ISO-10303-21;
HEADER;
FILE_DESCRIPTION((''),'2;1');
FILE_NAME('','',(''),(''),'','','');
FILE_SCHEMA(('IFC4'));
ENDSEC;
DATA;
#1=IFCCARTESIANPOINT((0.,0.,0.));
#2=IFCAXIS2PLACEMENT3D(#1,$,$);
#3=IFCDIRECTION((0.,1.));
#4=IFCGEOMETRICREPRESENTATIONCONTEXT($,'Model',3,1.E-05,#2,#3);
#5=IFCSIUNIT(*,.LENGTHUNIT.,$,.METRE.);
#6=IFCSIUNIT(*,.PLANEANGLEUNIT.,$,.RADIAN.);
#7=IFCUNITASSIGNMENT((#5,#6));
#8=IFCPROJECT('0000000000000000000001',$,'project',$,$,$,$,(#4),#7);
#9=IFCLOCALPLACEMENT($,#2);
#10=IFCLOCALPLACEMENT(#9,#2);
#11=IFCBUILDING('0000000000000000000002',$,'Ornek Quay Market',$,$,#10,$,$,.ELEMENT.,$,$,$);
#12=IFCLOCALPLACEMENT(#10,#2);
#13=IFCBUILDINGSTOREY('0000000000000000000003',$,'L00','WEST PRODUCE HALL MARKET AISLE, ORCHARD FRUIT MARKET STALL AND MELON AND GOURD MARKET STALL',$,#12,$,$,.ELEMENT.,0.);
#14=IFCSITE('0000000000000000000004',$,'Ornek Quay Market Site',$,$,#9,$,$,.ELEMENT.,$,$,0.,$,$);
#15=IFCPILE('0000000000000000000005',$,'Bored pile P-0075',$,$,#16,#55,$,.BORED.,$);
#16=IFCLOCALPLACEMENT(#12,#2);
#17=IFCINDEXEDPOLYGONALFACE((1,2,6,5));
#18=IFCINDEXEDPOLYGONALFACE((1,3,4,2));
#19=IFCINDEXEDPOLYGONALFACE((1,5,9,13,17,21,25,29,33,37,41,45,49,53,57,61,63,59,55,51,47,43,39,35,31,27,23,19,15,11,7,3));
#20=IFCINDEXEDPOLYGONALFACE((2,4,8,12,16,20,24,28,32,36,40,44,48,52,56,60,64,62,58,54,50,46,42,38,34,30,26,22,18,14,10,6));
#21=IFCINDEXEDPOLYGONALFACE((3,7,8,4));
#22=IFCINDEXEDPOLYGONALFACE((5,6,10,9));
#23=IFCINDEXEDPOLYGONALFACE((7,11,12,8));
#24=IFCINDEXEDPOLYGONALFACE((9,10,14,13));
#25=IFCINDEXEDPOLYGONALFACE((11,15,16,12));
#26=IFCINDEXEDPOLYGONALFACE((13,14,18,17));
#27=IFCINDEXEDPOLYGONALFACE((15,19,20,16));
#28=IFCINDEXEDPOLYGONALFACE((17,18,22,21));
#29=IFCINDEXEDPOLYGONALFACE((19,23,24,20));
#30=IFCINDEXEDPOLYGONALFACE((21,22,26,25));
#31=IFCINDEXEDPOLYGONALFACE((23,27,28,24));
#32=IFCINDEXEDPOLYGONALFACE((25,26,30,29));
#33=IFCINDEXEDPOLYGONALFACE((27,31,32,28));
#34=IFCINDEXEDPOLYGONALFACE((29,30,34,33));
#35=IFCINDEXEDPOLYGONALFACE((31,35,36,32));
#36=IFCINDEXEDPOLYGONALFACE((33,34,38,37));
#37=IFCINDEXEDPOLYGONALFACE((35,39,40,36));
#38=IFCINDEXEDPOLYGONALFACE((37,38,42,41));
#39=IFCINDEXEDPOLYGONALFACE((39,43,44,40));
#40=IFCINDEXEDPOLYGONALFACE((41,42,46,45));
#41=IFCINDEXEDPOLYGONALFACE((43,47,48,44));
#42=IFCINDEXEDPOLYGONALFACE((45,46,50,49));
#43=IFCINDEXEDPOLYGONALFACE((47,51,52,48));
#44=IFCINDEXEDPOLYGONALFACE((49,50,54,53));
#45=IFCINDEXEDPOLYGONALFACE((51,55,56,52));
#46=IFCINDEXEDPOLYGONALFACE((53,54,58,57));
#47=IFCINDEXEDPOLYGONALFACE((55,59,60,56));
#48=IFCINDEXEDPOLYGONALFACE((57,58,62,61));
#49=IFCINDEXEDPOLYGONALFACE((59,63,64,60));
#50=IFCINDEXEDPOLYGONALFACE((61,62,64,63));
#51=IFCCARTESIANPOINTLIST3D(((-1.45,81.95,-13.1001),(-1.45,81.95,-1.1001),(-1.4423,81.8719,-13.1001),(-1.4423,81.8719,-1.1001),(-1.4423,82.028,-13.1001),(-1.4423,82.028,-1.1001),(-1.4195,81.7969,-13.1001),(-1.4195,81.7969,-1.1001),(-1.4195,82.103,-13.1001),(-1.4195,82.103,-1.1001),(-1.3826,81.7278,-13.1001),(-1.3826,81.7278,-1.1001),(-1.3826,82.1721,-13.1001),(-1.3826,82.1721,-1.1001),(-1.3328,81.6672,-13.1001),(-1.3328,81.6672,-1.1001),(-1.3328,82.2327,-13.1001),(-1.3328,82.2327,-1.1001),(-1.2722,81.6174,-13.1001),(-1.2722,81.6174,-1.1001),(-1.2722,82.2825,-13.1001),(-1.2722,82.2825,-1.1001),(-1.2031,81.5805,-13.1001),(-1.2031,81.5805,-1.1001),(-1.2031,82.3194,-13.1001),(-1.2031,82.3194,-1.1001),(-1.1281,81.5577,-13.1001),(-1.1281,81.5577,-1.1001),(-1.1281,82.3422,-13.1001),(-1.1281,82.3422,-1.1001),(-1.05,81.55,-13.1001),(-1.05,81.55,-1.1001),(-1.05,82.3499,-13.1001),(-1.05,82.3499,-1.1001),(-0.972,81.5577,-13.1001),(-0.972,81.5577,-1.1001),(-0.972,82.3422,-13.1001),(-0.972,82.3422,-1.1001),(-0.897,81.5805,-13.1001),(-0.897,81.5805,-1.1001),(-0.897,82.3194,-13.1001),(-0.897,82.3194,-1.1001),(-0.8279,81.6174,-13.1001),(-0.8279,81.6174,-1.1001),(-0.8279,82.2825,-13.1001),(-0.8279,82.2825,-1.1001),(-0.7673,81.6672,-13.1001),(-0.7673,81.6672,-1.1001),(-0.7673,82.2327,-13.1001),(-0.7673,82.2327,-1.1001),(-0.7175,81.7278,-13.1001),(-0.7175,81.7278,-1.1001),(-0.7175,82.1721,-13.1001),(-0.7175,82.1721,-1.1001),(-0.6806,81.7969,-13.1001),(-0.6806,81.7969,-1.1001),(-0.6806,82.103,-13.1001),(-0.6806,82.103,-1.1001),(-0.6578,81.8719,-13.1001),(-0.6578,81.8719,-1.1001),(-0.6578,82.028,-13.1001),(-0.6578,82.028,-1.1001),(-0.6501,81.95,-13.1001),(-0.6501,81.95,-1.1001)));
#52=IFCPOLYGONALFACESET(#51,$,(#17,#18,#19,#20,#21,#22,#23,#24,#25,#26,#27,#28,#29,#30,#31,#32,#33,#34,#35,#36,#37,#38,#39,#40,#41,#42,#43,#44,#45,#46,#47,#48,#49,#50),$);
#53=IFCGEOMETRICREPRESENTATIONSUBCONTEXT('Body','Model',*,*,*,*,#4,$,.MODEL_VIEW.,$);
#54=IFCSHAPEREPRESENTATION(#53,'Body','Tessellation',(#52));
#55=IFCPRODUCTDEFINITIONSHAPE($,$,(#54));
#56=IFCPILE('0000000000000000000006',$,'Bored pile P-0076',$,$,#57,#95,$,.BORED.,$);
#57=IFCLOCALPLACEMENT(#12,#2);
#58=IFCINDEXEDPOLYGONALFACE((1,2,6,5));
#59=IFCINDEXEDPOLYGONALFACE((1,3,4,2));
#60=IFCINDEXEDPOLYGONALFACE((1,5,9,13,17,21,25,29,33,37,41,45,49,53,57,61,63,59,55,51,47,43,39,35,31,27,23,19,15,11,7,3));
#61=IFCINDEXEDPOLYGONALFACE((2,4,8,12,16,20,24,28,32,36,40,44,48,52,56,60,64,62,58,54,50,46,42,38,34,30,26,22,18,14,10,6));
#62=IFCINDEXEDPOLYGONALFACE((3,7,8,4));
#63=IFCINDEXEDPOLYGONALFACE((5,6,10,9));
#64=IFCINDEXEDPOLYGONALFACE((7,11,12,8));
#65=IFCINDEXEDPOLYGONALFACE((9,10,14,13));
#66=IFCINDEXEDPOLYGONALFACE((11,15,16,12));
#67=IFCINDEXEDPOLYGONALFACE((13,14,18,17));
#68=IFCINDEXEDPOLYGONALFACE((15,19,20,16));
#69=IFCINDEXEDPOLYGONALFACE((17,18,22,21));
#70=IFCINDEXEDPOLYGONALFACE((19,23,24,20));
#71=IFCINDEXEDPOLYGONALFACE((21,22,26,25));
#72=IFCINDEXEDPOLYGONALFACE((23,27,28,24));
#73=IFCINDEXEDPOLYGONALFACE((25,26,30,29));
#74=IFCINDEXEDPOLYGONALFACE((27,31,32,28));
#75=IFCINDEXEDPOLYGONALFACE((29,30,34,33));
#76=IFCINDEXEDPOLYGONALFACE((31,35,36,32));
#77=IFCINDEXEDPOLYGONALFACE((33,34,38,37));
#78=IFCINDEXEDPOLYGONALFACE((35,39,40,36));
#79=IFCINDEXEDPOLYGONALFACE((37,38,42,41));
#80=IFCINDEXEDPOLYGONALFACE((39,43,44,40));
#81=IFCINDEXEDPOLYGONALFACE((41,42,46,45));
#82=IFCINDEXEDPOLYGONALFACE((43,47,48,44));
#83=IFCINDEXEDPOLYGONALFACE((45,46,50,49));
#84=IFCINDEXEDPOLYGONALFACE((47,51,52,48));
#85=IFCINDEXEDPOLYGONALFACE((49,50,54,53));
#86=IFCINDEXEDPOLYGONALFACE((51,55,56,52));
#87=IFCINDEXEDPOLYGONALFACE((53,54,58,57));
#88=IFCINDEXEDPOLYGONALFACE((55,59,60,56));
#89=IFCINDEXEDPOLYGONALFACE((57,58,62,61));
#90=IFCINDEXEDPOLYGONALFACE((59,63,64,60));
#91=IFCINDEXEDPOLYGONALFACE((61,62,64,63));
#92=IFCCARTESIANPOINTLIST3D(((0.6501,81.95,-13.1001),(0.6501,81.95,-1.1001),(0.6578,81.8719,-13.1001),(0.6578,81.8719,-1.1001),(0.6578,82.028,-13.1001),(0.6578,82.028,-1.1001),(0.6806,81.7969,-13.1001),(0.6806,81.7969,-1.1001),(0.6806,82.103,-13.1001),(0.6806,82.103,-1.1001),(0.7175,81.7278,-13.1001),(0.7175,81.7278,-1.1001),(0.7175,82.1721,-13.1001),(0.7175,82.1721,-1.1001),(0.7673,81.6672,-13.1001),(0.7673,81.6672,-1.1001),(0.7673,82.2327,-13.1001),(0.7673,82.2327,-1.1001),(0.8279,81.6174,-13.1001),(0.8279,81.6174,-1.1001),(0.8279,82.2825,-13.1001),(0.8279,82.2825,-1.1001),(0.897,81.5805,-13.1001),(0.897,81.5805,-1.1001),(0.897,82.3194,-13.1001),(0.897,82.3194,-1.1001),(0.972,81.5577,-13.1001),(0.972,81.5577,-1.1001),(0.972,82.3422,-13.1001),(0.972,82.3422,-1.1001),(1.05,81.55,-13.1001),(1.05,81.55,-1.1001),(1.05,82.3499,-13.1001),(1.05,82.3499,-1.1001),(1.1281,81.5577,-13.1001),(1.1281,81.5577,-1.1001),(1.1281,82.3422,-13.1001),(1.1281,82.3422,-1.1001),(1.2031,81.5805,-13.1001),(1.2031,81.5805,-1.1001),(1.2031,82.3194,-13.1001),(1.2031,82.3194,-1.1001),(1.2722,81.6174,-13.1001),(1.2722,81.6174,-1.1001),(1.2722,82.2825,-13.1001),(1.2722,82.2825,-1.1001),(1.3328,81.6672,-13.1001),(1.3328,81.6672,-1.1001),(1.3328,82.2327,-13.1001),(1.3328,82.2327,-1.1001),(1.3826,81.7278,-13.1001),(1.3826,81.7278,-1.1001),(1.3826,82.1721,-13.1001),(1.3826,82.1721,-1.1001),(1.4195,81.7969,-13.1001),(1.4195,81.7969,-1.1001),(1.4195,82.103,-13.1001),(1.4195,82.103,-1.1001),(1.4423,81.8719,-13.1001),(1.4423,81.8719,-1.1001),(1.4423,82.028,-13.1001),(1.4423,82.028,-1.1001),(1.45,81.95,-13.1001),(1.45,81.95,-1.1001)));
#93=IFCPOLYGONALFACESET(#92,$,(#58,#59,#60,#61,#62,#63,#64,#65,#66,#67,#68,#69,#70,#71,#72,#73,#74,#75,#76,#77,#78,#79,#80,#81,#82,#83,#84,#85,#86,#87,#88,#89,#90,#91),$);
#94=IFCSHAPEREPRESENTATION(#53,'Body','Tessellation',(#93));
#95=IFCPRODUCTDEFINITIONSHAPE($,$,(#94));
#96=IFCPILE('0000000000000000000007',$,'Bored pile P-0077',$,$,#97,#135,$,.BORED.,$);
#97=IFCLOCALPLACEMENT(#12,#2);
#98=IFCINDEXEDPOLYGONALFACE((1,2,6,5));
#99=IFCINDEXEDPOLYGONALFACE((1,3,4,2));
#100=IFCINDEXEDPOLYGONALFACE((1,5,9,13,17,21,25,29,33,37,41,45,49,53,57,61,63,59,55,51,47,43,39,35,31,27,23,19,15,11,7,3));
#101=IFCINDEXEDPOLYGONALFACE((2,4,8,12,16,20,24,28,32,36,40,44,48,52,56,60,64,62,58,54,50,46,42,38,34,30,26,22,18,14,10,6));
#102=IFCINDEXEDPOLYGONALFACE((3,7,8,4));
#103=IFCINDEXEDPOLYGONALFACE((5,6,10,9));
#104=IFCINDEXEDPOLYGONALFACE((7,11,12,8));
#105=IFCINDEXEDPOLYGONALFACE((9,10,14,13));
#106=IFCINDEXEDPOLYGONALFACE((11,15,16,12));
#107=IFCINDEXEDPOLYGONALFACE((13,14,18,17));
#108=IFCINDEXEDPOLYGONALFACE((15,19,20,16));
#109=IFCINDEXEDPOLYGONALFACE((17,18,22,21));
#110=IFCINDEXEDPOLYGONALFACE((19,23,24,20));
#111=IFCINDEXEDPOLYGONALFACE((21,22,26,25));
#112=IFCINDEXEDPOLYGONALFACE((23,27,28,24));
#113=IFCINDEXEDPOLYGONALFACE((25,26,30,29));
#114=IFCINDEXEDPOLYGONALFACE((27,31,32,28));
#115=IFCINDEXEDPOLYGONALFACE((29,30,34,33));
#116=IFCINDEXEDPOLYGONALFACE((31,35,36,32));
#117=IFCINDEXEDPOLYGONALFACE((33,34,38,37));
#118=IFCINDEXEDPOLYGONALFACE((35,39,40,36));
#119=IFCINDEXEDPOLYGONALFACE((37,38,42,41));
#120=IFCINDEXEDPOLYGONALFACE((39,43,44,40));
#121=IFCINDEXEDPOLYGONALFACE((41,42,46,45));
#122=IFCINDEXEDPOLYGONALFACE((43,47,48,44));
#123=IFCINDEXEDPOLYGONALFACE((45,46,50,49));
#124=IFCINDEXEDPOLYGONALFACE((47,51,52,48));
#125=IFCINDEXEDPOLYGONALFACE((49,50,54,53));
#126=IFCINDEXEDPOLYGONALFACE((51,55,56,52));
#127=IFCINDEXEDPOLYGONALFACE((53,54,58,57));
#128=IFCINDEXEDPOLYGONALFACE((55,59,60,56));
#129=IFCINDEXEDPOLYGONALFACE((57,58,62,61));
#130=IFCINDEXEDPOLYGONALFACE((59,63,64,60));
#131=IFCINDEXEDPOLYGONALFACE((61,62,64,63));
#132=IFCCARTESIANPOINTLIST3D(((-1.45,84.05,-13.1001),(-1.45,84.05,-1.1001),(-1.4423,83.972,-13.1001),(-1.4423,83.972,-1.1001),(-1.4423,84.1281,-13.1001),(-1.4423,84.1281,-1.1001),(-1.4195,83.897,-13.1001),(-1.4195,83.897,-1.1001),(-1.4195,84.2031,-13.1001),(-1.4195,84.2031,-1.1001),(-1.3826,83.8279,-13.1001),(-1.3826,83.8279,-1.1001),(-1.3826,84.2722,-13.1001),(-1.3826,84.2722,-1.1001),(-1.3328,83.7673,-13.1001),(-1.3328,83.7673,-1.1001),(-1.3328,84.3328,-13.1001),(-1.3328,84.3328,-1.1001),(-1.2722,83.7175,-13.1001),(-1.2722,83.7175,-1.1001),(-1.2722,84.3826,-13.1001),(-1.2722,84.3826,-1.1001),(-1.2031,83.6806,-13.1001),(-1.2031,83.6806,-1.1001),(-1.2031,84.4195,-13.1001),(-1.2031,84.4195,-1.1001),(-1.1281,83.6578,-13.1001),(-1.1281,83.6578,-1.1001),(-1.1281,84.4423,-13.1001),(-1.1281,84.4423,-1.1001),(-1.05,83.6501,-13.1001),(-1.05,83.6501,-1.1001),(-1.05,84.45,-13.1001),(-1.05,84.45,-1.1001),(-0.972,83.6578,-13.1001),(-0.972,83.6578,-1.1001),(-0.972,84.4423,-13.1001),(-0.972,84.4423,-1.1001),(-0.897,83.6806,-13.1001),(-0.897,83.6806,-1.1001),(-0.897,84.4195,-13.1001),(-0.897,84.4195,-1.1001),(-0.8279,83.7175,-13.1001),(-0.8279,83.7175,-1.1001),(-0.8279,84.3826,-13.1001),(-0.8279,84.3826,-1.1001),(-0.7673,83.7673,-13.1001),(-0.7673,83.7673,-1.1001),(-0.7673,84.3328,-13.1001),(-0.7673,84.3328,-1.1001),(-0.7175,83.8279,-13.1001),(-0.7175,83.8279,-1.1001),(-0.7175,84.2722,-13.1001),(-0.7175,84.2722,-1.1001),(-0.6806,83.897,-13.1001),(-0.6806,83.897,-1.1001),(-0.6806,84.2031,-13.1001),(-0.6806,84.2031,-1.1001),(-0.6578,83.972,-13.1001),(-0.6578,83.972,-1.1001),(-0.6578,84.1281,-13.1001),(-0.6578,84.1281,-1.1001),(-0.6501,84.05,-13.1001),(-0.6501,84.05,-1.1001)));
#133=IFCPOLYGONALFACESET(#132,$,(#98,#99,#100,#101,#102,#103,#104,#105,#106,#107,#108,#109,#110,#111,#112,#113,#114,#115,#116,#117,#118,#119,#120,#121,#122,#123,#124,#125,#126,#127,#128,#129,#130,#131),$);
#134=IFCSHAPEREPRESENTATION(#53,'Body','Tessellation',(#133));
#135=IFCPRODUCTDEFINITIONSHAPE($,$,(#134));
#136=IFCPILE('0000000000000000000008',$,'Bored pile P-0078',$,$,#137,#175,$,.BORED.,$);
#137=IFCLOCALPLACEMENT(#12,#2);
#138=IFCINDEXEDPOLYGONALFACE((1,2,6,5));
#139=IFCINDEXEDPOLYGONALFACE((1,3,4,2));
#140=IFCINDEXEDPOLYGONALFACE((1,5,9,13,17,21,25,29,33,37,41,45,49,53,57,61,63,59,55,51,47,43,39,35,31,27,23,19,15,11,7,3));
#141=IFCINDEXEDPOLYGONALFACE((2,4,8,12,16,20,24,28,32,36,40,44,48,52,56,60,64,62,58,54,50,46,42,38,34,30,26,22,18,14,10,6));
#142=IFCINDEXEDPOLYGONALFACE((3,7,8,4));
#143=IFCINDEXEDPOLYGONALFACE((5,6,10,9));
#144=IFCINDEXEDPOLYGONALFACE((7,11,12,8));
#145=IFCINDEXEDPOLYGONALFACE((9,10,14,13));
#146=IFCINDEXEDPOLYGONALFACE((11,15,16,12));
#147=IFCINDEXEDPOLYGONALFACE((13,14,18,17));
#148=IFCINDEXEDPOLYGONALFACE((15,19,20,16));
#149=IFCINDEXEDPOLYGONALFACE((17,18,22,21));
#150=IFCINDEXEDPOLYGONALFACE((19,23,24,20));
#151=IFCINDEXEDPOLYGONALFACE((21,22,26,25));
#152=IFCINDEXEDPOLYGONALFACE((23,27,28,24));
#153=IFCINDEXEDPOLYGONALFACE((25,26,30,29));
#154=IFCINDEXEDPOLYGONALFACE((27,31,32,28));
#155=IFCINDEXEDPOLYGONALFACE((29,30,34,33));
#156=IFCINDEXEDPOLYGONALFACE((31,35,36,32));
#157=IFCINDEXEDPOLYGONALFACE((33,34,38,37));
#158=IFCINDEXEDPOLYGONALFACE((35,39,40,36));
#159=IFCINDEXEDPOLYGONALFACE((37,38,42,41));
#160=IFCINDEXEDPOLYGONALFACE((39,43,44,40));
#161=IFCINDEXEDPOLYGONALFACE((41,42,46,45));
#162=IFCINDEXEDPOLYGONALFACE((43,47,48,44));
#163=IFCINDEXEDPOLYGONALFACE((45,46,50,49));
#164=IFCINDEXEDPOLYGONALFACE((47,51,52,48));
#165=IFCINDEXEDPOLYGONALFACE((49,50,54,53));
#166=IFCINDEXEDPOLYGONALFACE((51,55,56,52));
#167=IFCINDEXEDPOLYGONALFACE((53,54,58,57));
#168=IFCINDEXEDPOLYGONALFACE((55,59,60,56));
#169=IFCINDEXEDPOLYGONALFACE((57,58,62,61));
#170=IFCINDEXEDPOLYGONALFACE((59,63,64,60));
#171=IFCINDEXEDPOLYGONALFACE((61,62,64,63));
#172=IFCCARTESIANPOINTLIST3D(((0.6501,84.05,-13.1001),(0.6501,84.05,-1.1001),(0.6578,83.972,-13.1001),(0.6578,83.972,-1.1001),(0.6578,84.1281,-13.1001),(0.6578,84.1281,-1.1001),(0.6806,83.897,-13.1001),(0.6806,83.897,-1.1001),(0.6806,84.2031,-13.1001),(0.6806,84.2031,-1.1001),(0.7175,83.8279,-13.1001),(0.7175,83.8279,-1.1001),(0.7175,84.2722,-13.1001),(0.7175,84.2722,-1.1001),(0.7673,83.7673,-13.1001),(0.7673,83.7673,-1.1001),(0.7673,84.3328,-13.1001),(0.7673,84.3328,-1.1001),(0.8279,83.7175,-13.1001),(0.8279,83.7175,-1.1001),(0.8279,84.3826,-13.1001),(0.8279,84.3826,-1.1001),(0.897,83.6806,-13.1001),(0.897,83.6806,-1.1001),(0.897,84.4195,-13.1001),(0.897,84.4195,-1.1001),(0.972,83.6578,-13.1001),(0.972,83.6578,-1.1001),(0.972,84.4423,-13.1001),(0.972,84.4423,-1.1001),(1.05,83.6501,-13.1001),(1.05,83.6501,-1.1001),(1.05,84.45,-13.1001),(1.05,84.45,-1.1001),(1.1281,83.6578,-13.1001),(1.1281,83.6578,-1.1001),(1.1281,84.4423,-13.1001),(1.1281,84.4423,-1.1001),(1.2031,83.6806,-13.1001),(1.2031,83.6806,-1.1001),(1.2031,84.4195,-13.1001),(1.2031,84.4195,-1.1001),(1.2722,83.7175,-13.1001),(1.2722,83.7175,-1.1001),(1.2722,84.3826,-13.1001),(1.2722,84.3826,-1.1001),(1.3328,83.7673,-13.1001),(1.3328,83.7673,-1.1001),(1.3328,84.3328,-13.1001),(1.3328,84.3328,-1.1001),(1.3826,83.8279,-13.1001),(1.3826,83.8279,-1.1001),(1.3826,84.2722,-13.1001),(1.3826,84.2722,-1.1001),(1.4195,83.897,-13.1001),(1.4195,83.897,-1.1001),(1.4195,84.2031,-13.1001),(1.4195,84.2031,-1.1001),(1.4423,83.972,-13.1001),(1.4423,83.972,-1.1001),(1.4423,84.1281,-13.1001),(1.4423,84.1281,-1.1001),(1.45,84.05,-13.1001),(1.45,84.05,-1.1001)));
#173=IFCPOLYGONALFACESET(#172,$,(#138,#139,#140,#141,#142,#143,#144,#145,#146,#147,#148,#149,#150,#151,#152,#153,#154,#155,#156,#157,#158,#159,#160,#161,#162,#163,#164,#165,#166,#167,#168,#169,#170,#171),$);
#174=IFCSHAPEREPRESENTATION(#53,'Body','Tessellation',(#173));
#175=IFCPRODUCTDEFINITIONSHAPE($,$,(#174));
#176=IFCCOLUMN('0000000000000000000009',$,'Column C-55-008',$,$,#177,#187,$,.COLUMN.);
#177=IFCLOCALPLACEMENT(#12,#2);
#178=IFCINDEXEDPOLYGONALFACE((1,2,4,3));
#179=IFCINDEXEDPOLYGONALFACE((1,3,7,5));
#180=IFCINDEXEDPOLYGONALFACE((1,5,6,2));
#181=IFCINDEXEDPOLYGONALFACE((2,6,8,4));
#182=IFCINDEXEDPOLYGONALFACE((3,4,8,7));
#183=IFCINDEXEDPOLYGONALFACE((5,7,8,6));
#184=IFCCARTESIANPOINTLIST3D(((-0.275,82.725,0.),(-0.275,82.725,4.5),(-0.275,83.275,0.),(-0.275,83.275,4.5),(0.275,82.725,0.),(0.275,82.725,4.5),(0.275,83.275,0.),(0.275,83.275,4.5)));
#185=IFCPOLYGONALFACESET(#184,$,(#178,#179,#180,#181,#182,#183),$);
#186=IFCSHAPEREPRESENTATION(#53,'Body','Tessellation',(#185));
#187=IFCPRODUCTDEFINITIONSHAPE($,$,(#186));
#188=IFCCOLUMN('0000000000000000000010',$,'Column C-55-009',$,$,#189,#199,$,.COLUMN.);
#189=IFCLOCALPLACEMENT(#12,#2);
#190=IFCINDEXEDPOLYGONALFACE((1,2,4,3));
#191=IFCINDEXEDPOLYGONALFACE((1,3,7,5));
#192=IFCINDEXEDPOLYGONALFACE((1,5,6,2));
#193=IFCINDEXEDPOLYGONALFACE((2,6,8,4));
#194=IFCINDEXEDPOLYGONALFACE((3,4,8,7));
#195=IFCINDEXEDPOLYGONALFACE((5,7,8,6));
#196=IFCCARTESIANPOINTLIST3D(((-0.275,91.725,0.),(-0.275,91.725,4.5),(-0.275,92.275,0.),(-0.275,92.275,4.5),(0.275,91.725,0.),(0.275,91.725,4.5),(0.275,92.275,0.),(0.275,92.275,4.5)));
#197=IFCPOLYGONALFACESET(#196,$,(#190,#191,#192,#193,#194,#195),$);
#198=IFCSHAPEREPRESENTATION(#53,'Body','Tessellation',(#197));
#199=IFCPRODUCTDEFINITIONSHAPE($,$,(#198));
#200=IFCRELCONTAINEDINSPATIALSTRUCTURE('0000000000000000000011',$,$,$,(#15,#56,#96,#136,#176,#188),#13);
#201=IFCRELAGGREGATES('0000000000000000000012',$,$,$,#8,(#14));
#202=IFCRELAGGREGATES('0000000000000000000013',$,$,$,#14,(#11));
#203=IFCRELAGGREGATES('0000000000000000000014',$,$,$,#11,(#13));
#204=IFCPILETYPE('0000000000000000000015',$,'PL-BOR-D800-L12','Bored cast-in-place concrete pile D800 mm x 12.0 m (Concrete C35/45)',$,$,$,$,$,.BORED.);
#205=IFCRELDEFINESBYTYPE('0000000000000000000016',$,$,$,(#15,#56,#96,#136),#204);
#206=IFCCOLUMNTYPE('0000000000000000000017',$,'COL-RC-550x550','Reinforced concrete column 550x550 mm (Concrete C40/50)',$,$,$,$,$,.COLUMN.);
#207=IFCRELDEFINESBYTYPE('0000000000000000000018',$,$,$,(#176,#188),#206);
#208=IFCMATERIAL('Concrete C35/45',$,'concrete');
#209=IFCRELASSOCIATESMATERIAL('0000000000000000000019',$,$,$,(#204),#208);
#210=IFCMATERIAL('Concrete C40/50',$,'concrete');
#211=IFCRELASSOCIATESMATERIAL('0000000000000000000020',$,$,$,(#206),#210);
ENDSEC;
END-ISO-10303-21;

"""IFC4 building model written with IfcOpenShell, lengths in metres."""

from ifc_helpers import new_model, si_unit, direction, frame, origin, origin_2d, place, context, subcontext, project, spatial, rectangle, circle, extrude, material, material_profile, profile_set, type_object, element, save


model = new_model("IFC4")

# Units and contexts
model_context = context("Model", 3, precision=1e-05, world=origin(), true_north=direction((0.0, 1.0)))
body_context = subcontext(model_context, "Body", "Model", "MODEL_VIEW")
ifc_project = project(units=[si_unit("LENGTHUNIT", "METRE"), si_unit("PLANEANGLEUNIT", "RADIAN")], contexts=[model_context])

# Site, building, storey
site_placement = place(None, origin())
site = spatial("IfcSite", under=ifc_project, at=site_placement, Name="Ornek Quay Market Site", CompositionType="ELEMENT", RefElevation=0.0)
building_placement = place(site_placement, origin())
building = spatial("IfcBuilding", under=site, at=building_placement, Name="Ornek Quay Market", CompositionType="ELEMENT")
storey_placement = place(building_placement, origin())
storey = spatial("IfcBuildingStorey", under=building, at=storey_placement, Name="L00", Description="WEST PRODUCE HALL MARKET AISLE, ORCHARD FRUIT MARKET STALL AND MELON AND GOURD MARKET STALL", CompositionType="ELEMENT", Elevation=0.0)

# Piles
ifc_material_1 = material(Name="Concrete C35/45", Category="concrete")
ifc_material_profile_1 = material_profile(ifc_material_1, circle(Radius=0.3999, at=origin_2d()), Name="PILE D800", Category="concrete")
ifc_profile_set_1 = profile_set([ifc_material_profile_1], Name="Concrete C35/45")
pile_type = type_object("IfcPileType", Name="PL-BOR-D800-L12", Description="Bored cast-in-place concrete pile D800 mm x 12.0 m (Concrete C35/45)", PredefinedType="BORED", material=ifc_profile_set_1)
for number, where, z_axis, x_axis, name in (
    (1, (-1.05, 81.95, -1.1001), (0.0, 0.0, -1.0), (1.0, 0.0, 0.0), "Bored pile P-0075"),
    (2, (1.05, 81.95, -1.1001), (0.0, 0.0, -1.0), (1.0, 0.0, 0.0), "Bored pile P-0076"),
    (3, (-1.05, 84.05, -1.1001), (0.0, 0.0, -1.0), (1.0, 0.0, 0.0), "Bored pile P-0077"),
    (4, (1.05, 84.05, -1.1001), (0.0, 0.0, -1.0), (1.0, 0.0, 0.0), "Bored pile P-0078"),
):
    element("IfcPile", number, at=place(storey_placement, frame(where, z_axis=z_axis, x_axis=x_axis)), inside=storey, type_object=pile_type, Name=name, PredefinedType="BORED", context=body_context, shape_type="SweptSolid", body=[
        extrude(circle(Radius=0.3999, at=origin_2d()), origin(), (0.0, 0.0, 1.0), 12.0),
    ])

# Columns
ifc_material_2 = material(Name="Concrete C40/50", Category="concrete")
ifc_material_profile_2 = material_profile(ifc_material_2, rectangle(XDim=0.55, YDim=0.55, at=origin_2d()), Name="RC 550x550", Category="concrete")
ifc_profile_set_2 = profile_set([ifc_material_profile_2], Name="Concrete C40/50")
column_type = type_object("IfcColumnType", Name="COL-RC-550x550", Description="Reinforced concrete column 550x550 mm (Concrete C40/50)", PredefinedType="COLUMN", material=ifc_profile_set_2)
for number, where, z_axis, x_axis, name in (
    (5, (0.0, 83.0, 0.0), (0.0, 0.0, 1.0), (1.0, 0.0, 0.0), "Column C-55-008"),
    (6, (0.0, 92.0, 0.0), (0.0, 0.0, 1.0), (1.0, 0.0, 0.0), "Column C-55-009"),
):
    element("IfcColumn", number, at=place(storey_placement, frame(where, z_axis=z_axis, x_axis=x_axis)), inside=storey, type_object=column_type, Name=name, PredefinedType="COLUMN", context=body_context, shape_type="SweptSolid", body=[
        extrude(rectangle(XDim=0.55, YDim=0.55, at=origin_2d()), origin(), (0.0, 0.0, 1.0), 4.5),
    ])

save(model, "model.ifc")
